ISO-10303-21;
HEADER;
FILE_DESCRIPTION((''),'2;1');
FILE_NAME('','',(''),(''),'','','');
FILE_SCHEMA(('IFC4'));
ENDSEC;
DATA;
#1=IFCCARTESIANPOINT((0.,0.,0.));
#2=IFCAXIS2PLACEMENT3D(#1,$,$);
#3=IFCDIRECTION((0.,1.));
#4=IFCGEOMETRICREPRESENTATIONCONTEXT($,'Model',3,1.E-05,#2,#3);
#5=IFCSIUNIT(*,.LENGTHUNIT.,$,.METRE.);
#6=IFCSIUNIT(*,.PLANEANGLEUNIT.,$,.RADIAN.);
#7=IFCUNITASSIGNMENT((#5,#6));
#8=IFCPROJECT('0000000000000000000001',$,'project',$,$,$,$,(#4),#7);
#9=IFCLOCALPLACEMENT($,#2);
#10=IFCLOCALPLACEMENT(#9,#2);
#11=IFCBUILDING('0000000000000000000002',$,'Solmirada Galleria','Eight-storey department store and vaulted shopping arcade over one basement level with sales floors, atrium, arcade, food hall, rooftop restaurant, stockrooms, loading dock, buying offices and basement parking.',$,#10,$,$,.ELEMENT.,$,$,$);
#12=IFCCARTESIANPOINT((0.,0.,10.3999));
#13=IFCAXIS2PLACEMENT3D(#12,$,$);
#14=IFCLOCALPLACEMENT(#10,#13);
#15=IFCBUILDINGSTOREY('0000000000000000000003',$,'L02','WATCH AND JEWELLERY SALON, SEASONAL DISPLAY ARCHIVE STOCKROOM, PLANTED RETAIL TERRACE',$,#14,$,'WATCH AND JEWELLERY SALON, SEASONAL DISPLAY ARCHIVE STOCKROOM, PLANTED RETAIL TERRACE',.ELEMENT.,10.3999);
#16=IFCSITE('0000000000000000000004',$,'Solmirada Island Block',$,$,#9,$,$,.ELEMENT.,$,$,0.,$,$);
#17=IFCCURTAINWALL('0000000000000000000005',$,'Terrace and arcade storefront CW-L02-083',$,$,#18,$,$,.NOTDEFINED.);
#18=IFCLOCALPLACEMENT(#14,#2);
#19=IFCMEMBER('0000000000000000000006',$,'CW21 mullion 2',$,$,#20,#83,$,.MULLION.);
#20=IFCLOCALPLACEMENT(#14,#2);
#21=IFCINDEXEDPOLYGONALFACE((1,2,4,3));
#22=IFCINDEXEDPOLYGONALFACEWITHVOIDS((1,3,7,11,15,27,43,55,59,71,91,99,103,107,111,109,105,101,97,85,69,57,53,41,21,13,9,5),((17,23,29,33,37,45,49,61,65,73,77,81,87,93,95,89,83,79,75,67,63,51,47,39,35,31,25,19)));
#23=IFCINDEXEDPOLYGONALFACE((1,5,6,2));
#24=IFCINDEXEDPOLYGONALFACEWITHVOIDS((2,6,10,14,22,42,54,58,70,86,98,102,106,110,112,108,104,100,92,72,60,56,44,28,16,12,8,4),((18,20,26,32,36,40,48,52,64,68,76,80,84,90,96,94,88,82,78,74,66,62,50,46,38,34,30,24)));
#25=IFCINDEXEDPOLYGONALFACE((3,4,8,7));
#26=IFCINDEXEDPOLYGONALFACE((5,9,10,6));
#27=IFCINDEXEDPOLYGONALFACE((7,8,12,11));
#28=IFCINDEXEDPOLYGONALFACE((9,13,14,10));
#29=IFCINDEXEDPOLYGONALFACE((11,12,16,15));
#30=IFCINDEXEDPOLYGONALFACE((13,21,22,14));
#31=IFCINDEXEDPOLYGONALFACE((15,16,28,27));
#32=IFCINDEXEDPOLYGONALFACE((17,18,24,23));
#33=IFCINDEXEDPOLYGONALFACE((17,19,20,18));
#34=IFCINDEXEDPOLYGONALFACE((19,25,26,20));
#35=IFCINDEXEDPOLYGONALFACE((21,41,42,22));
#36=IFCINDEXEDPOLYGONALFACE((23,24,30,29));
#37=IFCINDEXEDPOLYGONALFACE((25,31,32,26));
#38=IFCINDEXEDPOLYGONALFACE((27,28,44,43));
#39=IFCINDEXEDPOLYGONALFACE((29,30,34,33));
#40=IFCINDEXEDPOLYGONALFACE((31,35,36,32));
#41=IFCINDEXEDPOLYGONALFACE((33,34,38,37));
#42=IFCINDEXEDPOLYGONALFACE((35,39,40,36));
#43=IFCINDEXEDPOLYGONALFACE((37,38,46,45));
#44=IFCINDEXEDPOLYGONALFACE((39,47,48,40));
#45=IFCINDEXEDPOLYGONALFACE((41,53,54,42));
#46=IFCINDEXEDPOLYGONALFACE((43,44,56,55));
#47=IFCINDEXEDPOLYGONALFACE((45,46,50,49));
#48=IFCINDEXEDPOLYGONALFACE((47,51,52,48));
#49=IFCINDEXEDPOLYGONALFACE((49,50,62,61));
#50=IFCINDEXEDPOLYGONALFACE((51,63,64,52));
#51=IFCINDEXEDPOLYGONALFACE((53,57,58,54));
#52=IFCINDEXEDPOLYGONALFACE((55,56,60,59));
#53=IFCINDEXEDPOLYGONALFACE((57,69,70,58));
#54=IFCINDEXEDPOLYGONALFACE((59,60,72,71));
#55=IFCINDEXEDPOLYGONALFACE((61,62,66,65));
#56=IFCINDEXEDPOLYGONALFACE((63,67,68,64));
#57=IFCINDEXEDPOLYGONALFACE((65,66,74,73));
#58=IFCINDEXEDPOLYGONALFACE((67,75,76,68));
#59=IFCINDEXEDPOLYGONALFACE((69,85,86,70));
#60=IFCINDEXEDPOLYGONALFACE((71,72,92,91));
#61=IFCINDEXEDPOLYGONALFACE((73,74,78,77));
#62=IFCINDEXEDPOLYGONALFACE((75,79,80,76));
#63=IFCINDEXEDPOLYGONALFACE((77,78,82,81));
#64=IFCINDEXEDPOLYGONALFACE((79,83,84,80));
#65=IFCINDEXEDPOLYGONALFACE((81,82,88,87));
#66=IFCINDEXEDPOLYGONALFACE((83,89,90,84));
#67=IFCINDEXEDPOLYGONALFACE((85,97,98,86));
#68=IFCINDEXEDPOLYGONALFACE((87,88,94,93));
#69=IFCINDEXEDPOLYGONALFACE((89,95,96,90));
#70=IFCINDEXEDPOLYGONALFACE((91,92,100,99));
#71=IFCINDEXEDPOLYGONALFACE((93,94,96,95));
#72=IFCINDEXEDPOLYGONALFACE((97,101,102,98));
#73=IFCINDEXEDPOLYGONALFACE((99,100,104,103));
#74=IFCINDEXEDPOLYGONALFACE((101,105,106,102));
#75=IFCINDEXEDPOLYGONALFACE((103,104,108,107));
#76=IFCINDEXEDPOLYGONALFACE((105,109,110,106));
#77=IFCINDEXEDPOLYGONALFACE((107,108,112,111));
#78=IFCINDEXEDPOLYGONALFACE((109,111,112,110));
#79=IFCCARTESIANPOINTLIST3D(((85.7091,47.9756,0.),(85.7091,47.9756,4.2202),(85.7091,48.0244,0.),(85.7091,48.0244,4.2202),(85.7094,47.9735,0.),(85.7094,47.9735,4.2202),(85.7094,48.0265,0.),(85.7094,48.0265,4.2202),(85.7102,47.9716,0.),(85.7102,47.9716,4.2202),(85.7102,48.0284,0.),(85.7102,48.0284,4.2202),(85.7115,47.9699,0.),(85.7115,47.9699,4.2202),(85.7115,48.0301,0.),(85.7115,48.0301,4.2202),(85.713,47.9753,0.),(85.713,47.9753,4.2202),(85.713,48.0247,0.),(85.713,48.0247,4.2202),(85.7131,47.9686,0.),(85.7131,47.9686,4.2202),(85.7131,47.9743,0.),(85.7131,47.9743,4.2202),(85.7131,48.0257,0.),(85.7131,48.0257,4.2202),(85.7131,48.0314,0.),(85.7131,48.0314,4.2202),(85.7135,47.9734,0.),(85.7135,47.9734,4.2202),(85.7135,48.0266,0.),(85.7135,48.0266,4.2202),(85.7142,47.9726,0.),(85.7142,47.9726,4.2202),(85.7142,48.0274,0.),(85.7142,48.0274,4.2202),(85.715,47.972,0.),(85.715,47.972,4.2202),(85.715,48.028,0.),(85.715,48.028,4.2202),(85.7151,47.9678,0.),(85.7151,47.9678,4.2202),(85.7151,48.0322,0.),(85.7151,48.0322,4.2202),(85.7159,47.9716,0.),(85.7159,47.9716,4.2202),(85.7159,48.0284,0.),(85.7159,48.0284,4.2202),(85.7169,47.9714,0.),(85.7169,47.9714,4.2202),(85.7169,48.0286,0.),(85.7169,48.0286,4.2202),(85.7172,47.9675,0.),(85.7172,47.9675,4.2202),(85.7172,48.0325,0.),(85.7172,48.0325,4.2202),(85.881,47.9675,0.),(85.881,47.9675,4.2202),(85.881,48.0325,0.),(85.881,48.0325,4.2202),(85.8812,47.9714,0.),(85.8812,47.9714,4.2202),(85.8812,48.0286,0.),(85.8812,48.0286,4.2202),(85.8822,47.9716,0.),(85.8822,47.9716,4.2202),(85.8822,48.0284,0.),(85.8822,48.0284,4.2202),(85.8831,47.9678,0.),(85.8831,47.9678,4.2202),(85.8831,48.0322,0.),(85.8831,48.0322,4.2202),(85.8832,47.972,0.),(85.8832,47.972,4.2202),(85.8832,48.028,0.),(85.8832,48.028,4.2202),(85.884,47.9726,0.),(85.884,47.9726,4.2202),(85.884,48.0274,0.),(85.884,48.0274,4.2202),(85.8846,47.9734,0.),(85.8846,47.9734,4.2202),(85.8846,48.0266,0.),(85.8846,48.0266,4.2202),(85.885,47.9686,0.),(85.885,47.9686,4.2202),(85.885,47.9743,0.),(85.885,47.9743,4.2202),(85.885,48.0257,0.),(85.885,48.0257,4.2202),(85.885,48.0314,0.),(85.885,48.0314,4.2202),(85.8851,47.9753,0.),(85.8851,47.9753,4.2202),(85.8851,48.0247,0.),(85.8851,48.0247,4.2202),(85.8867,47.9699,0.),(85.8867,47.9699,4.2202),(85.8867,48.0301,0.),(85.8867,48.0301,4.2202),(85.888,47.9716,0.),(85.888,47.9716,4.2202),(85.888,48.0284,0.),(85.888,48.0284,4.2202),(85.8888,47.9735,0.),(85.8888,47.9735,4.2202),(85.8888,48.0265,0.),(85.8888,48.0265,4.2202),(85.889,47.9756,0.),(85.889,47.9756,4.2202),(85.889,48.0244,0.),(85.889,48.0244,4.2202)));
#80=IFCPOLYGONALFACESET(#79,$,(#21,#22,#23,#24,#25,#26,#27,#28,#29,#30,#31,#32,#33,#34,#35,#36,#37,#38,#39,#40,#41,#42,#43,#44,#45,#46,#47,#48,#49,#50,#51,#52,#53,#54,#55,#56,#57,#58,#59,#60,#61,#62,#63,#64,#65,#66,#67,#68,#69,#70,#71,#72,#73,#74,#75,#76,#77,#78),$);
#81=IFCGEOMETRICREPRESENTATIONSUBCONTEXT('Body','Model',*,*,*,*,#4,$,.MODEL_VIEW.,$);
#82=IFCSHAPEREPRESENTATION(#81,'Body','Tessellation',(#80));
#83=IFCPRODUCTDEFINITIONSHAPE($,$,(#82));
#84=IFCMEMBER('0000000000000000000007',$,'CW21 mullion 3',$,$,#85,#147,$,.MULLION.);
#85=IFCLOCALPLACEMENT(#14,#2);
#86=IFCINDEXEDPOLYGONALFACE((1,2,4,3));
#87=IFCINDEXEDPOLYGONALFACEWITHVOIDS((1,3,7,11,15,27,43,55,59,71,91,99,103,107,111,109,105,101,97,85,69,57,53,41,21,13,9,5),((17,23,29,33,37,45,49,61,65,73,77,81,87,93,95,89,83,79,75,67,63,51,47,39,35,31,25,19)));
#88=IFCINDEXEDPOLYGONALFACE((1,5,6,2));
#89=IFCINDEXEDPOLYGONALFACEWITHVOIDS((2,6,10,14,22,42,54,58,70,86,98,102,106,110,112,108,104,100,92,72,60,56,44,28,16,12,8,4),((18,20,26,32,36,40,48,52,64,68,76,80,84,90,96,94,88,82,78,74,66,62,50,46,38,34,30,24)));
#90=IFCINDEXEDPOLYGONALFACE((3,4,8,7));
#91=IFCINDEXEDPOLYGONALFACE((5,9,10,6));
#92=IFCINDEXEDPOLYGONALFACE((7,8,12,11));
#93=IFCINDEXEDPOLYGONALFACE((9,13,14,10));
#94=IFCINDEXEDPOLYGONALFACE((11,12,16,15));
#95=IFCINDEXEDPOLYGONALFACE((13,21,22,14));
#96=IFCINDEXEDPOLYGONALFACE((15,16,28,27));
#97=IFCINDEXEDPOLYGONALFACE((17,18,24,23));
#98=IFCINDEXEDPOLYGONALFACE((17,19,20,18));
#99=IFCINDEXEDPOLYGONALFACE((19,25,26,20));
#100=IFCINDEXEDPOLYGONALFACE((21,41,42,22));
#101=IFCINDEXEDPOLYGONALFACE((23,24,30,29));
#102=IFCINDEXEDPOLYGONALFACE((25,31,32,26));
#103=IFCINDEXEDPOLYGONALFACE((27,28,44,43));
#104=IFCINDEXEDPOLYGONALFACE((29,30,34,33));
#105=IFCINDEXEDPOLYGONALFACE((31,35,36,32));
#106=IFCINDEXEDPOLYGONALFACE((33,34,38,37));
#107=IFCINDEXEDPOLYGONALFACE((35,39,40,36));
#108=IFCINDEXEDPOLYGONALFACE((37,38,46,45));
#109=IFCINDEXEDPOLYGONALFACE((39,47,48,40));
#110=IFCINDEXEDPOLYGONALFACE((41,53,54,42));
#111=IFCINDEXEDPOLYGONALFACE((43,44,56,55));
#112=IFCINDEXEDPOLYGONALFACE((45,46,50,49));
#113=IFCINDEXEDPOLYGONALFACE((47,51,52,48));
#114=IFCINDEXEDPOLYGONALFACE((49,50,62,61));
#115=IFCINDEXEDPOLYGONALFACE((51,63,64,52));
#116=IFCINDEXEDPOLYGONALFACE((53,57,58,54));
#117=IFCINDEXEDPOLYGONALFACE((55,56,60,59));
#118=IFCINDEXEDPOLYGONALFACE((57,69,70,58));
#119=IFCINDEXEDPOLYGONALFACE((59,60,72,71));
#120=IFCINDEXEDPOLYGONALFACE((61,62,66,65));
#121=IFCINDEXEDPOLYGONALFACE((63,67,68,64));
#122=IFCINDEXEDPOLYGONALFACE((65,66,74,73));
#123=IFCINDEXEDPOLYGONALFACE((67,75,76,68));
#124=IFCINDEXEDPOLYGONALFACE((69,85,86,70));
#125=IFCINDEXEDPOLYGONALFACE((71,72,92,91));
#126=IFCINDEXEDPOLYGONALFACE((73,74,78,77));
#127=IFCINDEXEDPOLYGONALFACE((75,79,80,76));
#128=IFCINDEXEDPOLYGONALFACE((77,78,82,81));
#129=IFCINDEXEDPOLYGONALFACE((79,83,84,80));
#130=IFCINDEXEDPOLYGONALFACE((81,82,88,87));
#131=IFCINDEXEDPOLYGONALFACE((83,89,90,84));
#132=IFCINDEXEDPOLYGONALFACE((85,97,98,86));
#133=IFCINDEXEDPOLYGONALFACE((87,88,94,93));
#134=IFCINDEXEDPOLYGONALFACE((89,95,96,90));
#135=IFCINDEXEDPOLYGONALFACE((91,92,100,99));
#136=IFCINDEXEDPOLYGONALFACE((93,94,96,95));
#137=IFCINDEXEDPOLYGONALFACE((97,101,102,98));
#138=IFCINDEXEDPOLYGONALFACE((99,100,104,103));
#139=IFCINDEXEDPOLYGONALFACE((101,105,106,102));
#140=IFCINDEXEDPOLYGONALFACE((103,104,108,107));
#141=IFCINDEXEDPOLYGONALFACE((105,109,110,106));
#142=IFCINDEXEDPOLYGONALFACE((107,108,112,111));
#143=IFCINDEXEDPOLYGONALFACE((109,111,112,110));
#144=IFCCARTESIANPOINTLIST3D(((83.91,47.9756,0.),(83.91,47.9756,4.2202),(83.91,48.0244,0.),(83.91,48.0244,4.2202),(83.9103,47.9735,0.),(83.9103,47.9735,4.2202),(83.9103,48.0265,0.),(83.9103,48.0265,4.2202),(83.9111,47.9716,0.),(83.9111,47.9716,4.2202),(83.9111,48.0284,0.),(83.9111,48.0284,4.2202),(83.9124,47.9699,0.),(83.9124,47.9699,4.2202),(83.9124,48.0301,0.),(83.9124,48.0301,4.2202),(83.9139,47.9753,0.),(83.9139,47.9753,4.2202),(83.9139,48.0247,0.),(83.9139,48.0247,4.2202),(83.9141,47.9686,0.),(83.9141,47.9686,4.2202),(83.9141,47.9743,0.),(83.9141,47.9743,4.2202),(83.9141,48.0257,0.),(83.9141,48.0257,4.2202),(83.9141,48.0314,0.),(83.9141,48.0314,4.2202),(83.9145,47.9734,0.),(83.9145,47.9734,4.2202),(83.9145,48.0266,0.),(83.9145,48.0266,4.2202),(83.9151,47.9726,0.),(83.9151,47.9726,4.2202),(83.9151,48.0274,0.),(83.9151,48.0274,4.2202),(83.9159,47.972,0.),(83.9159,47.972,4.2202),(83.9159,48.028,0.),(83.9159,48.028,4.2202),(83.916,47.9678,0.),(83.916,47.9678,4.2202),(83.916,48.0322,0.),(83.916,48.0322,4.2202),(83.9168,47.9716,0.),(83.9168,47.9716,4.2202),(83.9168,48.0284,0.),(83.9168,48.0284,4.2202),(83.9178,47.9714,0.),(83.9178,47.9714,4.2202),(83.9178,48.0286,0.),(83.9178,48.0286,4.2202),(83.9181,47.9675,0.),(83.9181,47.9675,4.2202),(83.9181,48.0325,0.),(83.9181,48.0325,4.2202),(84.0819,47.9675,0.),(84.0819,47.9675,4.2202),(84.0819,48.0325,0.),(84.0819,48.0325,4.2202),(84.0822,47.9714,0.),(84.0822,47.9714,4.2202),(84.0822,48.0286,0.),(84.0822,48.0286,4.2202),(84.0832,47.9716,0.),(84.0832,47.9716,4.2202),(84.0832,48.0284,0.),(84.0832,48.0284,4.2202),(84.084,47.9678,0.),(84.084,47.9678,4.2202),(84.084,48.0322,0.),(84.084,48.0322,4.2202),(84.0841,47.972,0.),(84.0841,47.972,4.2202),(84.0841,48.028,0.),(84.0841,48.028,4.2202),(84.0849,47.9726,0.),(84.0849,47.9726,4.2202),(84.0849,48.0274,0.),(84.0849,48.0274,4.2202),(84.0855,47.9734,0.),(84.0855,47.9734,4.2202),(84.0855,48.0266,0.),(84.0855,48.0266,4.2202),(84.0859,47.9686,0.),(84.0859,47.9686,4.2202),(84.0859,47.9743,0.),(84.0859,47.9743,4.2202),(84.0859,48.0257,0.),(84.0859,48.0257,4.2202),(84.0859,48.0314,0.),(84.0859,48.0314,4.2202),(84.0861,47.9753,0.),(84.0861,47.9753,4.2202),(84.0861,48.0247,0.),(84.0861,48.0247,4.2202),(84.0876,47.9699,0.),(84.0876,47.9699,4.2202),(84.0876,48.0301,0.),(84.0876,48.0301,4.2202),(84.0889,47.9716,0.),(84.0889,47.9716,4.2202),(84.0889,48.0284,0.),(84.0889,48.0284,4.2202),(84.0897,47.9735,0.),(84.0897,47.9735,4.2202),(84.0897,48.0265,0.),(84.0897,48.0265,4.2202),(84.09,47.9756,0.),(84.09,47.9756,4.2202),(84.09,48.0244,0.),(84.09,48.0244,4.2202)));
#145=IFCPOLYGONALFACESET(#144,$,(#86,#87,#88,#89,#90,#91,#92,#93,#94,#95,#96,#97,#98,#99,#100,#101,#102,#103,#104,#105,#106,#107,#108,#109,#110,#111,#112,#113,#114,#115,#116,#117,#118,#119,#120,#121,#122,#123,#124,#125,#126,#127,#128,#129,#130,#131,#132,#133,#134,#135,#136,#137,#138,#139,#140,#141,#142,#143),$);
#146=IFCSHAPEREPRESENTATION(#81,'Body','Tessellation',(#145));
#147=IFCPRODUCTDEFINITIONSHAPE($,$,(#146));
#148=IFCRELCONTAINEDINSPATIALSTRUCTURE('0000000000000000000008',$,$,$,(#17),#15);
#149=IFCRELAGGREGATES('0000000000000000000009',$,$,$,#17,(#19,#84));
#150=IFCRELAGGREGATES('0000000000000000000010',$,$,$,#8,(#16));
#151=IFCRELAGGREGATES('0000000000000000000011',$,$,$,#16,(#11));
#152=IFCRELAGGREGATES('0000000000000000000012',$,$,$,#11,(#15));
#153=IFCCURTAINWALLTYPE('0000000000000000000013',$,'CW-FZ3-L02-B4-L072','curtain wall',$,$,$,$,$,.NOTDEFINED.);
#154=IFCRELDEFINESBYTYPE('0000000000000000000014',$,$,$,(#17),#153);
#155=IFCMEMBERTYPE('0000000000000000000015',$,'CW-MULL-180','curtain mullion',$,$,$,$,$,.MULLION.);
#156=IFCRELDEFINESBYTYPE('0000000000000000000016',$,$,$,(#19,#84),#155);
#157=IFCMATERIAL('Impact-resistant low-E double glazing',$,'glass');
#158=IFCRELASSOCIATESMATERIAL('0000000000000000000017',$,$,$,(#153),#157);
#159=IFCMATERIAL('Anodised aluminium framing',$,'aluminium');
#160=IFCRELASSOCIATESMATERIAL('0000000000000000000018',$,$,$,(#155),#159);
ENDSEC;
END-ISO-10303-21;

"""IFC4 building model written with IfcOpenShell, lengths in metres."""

from ifc_helpers import new_model, si_unit, direction, frame, origin, origin_2d, place, context, subcontext, project, spatial, hollow_rectangle, extrude, material, material_profile, profile_set, type_object, element, aggregate, save


model = new_model("IFC4")

# Units and contexts
model_context = context("Model", 3, precision=1e-05, world=origin(), true_north=direction((0.0, 1.0)))
body_context = subcontext(model_context, "Body", "Model", "MODEL_VIEW")
ifc_project = project(units=[si_unit("LENGTHUNIT", "METRE"), si_unit("PLANEANGLEUNIT", "RADIAN")], contexts=[model_context])

# Site, building, storey
site_placement = place(None, origin())
site = spatial("IfcSite", under=ifc_project, at=site_placement, Name="Solmirada Island Block", CompositionType="ELEMENT", RefElevation=0.0)
building_placement = place(site_placement, origin())
building = spatial("IfcBuilding", under=site, at=building_placement, Name="Solmirada Galleria", Description="Eight-storey department store and vaulted shopping arcade over one basement level with sales floors, atrium, arcade, food hall, rooftop restaurant, stockrooms, loading dock, buying offices and basement parking.", CompositionType="ELEMENT")
storey_placement = place(building_placement, frame((0.0, 0.0, 10.3999)))
storey = spatial("IfcBuildingStorey", under=building, at=storey_placement, Name="L02", Description="WATCH AND JEWELLERY SALON, SEASONAL DISPLAY ARCHIVE STOCKROOM, PLANTED RETAIL TERRACE", LongName="WATCH AND JEWELLERY SALON, SEASONAL DISPLAY ARCHIVE STOCKROOM, PLANTED RETAIL TERRACE", CompositionType="ELEMENT", Elevation=10.3999)

# Curtain wall, members
ifc_material_1 = material(Name="Impact-resistant low-E double glazing", Category="glass")
curtain_wall_type = type_object("IfcCurtainWallType", Name="CW-FZ3-L02-B4-L072", Description="curtain wall", PredefinedType="NOTDEFINED", material=ifc_material_1)
curtain_wall_1_placement = place(storey_placement, origin())
curtain_wall_1 = element("IfcCurtainWall", 1, at=curtain_wall_1_placement, inside=storey, type_object=curtain_wall_type, Name="Terrace and arcade storefront CW-L02-083", PredefinedType="NOTDEFINED")
ifc_material_2 = material(Name="Anodised aluminium framing", Category="aluminium")
ifc_material_profile_1 = material_profile(ifc_material_2, hollow_rectangle(XDim=0.0649, YDim=0.1799, WallThickness=0.0039, InnerFilletRadius=0.0039, OuterFilletRadius=0.0081, at=origin_2d()), Name="ALU-MULL-180X65")
ifc_profile_set_1 = profile_set([ifc_material_profile_1], Name="Anodised aluminium framing")
member_type_1 = type_object("IfcMemberType", Name="CW-MULL-180", Description="curtain mullion", PredefinedType="MULLION", material=ifc_profile_set_1)
member_1_placement = place(storey_placement, frame((85.7991, 48.0, 0.0), z_axis=(0.0, 0.0, 1.0), x_axis=(0.0, -1.0, 0.0)))
member_1 = element("IfcMember", 2, at=member_1_placement, type_object=member_type_1, Name="CW21 mullion 2", PredefinedType="MULLION", context=body_context, shape_type="SweptSolid", body=[
    extrude(hollow_rectangle(XDim=0.0649, YDim=0.1799, WallThickness=0.0039, InnerFilletRadius=0.0039, OuterFilletRadius=0.0081, at=origin_2d()), origin(), (0.0, 0.0, 1.0), 4.2202),
])
member_2_placement = place(storey_placement, frame((84.0, 48.0, 0.0), z_axis=(0.0, 0.0, 1.0), x_axis=(0.0, -1.0, 0.0)))
member_2 = element("IfcMember", 3, at=member_2_placement, type_object=member_type_1, Name="CW21 mullion 3", PredefinedType="MULLION", context=body_context, shape_type="SweptSolid", body=[
    extrude(hollow_rectangle(XDim=0.0649, YDim=0.1799, WallThickness=0.0039, InnerFilletRadius=0.0039, OuterFilletRadius=0.0081, at=origin_2d()), origin(), (0.0, 0.0, 1.0), 4.2202),
])

aggregate(curtain_wall_1, [member_1, member_2])

save(model, "model.ifc")
